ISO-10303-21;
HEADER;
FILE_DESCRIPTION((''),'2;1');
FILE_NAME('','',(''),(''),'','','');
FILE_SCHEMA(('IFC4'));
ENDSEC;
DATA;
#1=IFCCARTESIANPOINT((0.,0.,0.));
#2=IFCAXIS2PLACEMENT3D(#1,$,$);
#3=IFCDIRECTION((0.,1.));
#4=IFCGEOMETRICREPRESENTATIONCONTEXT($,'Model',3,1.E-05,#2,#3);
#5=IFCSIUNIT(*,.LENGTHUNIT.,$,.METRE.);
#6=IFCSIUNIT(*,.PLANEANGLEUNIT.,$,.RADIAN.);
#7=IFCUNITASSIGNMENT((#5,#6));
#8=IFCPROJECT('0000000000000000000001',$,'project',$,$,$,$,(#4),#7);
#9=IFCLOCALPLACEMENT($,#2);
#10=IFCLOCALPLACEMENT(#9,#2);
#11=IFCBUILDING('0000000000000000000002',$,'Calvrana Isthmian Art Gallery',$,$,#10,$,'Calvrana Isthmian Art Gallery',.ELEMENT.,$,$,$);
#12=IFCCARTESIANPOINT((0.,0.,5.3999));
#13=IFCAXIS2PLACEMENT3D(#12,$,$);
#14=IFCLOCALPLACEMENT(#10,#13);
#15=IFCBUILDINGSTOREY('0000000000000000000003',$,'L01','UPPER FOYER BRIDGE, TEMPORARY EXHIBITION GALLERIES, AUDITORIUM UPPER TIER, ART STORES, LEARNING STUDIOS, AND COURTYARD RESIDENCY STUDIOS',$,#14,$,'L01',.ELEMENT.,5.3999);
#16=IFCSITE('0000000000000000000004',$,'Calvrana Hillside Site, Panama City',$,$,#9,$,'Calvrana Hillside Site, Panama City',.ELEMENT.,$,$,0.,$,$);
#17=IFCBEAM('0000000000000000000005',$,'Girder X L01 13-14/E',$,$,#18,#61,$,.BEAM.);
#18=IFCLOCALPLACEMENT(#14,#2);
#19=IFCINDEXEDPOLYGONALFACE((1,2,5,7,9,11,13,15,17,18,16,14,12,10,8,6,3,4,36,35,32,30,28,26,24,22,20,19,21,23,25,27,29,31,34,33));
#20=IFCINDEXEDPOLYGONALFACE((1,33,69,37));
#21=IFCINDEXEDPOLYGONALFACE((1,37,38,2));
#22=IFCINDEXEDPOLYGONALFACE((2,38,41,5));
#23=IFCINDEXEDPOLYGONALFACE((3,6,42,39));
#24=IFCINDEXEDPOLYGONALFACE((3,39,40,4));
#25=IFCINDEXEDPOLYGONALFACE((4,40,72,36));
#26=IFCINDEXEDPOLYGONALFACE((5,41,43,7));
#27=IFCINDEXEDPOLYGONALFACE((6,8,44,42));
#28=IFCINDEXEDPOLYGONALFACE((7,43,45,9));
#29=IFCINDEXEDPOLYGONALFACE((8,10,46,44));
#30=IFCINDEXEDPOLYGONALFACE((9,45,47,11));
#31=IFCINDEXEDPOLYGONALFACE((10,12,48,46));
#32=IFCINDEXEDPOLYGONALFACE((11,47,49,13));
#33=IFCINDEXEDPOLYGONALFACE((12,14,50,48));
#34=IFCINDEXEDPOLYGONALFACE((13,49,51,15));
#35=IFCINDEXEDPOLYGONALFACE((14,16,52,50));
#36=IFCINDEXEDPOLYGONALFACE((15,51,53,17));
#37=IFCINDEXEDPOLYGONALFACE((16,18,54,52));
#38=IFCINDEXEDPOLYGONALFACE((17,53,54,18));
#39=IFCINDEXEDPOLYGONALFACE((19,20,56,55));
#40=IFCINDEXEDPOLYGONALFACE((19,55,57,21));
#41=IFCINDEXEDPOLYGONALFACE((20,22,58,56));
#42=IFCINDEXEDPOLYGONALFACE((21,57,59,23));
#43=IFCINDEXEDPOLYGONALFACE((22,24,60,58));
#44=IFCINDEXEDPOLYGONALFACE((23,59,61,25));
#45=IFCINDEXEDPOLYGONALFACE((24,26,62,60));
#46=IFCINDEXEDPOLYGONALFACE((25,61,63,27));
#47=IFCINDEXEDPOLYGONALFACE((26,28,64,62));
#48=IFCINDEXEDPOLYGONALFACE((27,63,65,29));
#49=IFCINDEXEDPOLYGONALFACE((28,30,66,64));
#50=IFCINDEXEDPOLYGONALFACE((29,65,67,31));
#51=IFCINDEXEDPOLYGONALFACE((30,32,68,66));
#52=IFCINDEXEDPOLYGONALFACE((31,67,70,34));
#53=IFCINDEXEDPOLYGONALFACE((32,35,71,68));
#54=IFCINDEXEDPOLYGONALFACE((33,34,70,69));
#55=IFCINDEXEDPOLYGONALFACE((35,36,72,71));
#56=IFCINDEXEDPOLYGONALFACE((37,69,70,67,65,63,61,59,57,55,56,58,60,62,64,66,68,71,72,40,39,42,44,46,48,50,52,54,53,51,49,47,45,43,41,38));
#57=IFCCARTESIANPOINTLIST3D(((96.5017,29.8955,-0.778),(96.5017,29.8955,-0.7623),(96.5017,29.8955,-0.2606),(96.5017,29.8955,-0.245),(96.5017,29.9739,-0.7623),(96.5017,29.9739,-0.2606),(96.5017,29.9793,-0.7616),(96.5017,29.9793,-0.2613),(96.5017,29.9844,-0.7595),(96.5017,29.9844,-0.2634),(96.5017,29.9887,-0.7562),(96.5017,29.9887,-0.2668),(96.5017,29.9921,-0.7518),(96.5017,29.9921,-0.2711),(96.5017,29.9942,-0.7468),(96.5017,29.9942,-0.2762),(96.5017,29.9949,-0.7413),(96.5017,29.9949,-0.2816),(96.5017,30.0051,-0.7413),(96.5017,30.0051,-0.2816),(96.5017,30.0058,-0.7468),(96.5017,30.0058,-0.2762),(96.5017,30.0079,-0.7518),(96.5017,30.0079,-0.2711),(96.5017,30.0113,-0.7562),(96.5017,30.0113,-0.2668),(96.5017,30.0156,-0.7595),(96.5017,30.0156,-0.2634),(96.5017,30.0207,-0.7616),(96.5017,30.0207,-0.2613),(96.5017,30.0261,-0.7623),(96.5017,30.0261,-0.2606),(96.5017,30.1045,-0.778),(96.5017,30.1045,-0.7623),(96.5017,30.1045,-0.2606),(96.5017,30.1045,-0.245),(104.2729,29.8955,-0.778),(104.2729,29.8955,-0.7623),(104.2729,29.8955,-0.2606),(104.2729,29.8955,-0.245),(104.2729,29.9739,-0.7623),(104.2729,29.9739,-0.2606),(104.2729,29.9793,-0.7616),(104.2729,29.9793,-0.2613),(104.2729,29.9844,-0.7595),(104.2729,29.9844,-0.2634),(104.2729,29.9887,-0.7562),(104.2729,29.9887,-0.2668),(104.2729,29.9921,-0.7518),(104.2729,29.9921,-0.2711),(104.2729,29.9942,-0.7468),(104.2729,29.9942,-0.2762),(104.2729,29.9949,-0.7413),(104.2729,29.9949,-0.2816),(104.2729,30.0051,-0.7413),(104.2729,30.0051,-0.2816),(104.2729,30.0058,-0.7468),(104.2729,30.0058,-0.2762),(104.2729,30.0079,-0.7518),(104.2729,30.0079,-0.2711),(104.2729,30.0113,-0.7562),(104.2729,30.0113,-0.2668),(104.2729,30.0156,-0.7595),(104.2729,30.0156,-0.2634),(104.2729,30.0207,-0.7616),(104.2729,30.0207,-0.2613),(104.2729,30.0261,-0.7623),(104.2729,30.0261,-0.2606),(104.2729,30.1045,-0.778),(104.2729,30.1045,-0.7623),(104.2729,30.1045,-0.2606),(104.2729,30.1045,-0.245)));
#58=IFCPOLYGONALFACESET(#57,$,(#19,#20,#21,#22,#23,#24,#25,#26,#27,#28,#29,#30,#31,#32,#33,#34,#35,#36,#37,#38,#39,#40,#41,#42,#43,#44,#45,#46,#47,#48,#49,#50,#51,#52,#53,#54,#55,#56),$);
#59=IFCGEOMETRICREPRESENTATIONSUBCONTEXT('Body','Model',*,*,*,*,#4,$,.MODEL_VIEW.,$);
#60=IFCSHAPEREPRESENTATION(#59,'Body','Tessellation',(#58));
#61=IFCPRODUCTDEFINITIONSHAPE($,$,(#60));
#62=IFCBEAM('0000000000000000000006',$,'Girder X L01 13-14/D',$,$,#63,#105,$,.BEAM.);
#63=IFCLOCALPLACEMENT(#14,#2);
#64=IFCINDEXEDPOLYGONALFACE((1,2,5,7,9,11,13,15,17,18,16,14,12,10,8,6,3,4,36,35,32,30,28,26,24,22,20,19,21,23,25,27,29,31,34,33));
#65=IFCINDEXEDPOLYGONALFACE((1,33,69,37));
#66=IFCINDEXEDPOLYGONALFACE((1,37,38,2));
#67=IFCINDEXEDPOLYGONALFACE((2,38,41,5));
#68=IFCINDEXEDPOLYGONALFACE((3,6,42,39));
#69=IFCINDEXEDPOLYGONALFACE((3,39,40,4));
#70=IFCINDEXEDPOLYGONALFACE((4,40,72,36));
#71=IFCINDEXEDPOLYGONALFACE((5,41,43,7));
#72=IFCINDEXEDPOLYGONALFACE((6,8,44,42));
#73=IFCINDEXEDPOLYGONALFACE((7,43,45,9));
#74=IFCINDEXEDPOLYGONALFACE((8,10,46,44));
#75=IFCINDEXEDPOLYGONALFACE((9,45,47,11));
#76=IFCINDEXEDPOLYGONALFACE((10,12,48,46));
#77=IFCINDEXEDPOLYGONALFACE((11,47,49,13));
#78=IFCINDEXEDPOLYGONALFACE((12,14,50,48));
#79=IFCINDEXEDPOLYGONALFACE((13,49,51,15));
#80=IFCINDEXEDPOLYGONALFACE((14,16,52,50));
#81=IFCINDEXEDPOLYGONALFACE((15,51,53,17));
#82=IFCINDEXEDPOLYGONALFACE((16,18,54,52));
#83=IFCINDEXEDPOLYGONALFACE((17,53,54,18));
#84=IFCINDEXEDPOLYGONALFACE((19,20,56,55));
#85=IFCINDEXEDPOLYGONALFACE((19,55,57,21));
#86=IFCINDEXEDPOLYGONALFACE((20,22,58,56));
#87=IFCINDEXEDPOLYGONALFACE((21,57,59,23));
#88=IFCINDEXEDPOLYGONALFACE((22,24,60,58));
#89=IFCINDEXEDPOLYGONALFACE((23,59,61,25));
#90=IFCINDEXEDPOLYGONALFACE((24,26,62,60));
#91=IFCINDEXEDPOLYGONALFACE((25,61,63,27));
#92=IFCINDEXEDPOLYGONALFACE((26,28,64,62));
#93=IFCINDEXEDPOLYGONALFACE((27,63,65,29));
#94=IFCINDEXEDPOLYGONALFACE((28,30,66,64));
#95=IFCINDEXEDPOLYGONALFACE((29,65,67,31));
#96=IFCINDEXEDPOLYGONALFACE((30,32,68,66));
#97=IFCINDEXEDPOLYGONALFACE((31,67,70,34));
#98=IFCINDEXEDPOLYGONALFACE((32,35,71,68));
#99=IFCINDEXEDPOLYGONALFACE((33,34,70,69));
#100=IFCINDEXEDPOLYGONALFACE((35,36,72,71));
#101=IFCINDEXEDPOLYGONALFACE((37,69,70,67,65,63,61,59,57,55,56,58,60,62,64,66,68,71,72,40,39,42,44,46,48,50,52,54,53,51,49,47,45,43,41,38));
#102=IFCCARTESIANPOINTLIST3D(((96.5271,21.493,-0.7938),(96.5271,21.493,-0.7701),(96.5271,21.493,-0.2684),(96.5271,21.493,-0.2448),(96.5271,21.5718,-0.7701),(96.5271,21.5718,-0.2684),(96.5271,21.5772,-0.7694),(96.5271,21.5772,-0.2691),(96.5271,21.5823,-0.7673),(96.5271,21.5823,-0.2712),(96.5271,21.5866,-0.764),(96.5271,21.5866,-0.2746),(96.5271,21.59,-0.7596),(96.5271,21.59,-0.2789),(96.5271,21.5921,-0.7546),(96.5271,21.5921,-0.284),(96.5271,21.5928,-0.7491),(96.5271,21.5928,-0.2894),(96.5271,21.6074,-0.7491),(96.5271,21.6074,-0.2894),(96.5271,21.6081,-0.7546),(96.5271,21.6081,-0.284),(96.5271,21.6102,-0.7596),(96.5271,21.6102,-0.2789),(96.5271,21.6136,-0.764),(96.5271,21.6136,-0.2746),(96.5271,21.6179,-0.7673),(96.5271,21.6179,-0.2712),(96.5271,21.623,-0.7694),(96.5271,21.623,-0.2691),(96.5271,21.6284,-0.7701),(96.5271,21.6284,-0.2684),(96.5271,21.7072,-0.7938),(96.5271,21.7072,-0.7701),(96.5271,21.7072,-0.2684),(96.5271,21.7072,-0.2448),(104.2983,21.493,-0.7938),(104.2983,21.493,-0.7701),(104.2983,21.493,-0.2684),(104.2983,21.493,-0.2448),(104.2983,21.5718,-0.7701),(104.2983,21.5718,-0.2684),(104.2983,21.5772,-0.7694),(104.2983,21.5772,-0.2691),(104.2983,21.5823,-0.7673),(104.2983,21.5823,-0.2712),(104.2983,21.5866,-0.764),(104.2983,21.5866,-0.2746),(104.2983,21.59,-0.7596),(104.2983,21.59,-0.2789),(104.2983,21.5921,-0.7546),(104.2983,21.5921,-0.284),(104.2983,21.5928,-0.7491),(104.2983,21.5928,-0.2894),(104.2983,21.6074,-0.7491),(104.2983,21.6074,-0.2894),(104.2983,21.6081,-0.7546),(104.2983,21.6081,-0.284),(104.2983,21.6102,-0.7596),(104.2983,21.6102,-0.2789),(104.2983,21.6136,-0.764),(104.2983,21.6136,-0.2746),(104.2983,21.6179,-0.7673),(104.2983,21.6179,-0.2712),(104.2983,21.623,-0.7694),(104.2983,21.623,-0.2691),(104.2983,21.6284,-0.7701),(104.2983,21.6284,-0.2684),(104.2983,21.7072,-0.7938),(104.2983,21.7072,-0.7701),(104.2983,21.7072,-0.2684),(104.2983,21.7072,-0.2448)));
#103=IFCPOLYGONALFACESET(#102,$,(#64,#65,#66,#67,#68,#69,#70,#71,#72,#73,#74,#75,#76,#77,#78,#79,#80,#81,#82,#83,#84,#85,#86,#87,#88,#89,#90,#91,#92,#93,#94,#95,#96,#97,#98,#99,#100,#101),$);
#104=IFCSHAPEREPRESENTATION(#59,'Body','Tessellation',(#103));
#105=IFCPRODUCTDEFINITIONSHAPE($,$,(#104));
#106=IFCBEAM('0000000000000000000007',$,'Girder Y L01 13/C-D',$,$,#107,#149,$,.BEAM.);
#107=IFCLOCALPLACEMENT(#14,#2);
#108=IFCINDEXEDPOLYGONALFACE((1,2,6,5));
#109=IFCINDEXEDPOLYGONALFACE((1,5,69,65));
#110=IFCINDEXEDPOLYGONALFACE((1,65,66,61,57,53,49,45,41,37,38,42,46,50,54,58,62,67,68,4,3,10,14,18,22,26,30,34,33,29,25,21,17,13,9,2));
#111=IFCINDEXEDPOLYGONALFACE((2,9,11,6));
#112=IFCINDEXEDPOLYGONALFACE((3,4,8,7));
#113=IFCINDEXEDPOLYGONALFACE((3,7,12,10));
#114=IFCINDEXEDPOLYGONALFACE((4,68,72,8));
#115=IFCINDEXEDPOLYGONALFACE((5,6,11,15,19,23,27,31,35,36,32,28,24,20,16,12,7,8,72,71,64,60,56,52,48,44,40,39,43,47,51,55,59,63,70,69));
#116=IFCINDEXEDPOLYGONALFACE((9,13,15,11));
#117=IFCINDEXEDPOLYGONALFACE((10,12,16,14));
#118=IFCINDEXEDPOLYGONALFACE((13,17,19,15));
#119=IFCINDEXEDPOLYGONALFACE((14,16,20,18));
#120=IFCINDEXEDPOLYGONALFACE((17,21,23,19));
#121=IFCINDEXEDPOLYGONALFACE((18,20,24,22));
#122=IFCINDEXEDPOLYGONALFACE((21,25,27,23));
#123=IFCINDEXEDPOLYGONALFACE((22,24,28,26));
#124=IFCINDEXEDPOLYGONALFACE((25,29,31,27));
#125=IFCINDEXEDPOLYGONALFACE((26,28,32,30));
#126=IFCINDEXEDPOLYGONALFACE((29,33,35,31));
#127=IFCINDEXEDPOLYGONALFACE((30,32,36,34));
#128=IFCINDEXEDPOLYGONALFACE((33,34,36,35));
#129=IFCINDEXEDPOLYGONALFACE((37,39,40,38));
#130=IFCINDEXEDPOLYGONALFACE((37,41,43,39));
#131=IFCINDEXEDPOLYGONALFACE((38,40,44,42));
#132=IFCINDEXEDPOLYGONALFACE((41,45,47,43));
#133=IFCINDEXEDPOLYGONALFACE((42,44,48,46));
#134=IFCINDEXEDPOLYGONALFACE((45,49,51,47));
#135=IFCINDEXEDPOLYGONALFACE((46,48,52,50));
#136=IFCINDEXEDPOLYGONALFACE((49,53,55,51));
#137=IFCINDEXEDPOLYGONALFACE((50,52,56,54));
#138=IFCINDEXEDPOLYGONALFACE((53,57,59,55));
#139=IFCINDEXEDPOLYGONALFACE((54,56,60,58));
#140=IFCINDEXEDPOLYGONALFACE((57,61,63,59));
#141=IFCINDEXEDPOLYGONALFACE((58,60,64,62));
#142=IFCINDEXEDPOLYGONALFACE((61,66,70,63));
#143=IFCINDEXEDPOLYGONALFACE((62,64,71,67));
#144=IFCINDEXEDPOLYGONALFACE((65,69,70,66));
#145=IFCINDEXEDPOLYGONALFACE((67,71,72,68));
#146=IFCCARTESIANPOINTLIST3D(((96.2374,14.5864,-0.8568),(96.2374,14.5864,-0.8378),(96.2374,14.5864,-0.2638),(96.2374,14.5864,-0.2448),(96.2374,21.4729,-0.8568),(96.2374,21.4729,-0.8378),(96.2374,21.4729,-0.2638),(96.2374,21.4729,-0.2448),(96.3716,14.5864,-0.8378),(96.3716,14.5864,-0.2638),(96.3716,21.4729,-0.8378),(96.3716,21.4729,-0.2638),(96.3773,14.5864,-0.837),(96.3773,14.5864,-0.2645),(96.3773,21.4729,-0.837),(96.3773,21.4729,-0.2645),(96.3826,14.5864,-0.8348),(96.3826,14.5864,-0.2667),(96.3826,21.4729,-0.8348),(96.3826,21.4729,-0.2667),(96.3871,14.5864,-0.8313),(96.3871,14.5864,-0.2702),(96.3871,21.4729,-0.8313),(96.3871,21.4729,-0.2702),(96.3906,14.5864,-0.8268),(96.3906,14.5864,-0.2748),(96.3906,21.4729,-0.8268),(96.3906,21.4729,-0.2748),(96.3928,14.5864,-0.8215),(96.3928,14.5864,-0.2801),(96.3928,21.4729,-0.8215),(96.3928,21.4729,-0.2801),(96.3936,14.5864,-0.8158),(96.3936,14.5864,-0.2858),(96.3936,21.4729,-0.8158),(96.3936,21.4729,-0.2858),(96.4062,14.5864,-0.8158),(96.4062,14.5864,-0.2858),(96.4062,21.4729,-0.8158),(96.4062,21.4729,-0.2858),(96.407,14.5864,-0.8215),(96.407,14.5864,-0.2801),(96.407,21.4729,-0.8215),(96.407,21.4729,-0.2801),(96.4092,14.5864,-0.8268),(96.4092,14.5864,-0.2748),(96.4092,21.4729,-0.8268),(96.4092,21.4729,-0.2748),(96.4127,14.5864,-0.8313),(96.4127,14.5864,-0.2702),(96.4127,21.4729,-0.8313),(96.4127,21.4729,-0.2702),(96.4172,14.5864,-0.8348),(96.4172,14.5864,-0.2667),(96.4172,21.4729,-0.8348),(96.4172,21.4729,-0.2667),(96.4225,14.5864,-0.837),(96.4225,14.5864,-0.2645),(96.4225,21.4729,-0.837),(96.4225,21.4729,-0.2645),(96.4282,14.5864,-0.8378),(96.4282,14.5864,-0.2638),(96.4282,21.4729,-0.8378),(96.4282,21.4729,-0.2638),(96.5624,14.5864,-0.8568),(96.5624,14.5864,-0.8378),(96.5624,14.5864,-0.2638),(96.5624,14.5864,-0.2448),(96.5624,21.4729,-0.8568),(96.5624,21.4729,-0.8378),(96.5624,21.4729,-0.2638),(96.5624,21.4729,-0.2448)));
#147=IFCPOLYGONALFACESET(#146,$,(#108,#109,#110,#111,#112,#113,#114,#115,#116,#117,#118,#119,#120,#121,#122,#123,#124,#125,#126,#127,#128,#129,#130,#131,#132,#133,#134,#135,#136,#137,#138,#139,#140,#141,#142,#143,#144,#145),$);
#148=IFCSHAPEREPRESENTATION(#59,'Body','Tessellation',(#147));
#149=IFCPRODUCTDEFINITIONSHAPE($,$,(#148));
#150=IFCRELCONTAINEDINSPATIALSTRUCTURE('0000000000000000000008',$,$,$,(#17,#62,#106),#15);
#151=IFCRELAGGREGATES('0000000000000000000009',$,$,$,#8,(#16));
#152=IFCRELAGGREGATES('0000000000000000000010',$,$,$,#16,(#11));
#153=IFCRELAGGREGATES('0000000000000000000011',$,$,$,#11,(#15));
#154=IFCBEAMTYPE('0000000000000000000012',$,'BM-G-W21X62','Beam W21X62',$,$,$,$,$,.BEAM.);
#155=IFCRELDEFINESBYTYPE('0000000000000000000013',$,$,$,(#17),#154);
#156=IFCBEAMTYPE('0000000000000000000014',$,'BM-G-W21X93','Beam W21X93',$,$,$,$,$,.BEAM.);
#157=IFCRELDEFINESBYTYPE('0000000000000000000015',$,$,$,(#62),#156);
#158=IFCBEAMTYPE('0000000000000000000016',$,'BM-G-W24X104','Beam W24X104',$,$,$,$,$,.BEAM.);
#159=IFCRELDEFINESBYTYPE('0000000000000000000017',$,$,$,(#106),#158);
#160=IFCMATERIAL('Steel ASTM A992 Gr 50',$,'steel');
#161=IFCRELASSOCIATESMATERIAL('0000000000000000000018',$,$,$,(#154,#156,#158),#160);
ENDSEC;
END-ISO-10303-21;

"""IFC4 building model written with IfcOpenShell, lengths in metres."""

from ifc_helpers import new_model, si_unit, direction, frame, origin, origin_2d, place, context, subcontext, project, spatial, i_section, extrude, material, material_profile, profile_set, type_object, element, save


model = new_model("IFC4")

# Units and contexts
model_context = context("Model", 3, precision=1e-05, world=origin(), true_north=direction((0.0, 1.0)))
body_context = subcontext(model_context, "Body", "Model", "MODEL_VIEW")
ifc_project = project(units=[si_unit("LENGTHUNIT", "METRE"), si_unit("PLANEANGLEUNIT", "RADIAN")], contexts=[model_context])

# Site, building, storey
site_placement = place(None, origin())
site = spatial("IfcSite", under=ifc_project, at=site_placement, Name="Calvrana Hillside Site, Panama City", LongName="Calvrana Hillside Site, Panama City", CompositionType="ELEMENT", RefElevation=0.0)
building_placement = place(site_placement, origin())
building = spatial("IfcBuilding", under=site, at=building_placement, Name="Calvrana Isthmian Art Gallery", LongName="Calvrana Isthmian Art Gallery", CompositionType="ELEMENT")
storey_placement = place(building_placement, frame((0.0, 0.0, 5.3999)))
storey = spatial("IfcBuildingStorey", under=building, at=storey_placement, Name="L01", Description="UPPER FOYER BRIDGE, TEMPORARY EXHIBITION GALLERIES, AUDITORIUM UPPER TIER, ART STORES, LEARNING STUDIOS, AND COURTYARD RESIDENCY STUDIOS", LongName="L01", CompositionType="ELEMENT", Elevation=5.3999)

# Beams
ifc_material_1 = material(Name="Steel ASTM A992 Gr 50", Category="steel")
ifc_material_profile_1 = material_profile(ifc_material_1, i_section(OverallWidth=0.209, OverallDepth=0.533, WebThickness=0.0103, FlangeThickness=0.0156, FilletRadius=0.021, at=origin_2d()), Name="W21X62")
ifc_profile_set_1 = profile_set([ifc_material_profile_1], Name="Steel ASTM A992 Gr 50")
beam_type_1 = type_object("IfcBeamType", Name="BM-G-W21X62", Description="Beam W21X62", PredefinedType="BEAM", material=ifc_profile_set_1)
beam_1_placement = place(storey_placement, frame((96.5017, 30.0, -0.5115), z_axis=(1.0, 0.0, 0.0), x_axis=(0.0, 1.0, 0.0)))
element("IfcBeam", 1, at=beam_1_placement, inside=storey, type_object=beam_type_1, Name="Girder X L01 13-14/E", PredefinedType="BEAM", context=body_context, shape_type="SweptSolid", body=[
    extrude(i_section(OverallWidth=0.209, OverallDepth=0.533, WebThickness=0.0103, FlangeThickness=0.0156, FilletRadius=0.021, at=origin_2d()), origin(), (0.0, 0.0, 1.0), 7.7712),
])
ifc_material_profile_2 = material_profile(ifc_material_1, i_section(OverallWidth=0.2141, OverallDepth=0.5491, WebThickness=0.0146, FlangeThickness=0.0237, FilletRadius=0.021, at=origin_2d()), Name="W21X93")
ifc_profile_set_2 = profile_set([ifc_material_profile_2], Name="Steel ASTM A992 Gr 50")
beam_type_2 = type_object("IfcBeamType", Name="BM-G-W21X93", Description="Beam W21X93", PredefinedType="BEAM", material=ifc_profile_set_2)
beam_2_placement = place(storey_placement, frame((96.5271, 21.6001, -0.5193), z_axis=(1.0, 0.0, 0.0), x_axis=(0.0, 1.0, 0.0)))
element("IfcBeam", 2, at=beam_2_placement, inside=storey, type_object=beam_type_2, Name="Girder X L01 13-14/D", PredefinedType="BEAM", context=body_context, shape_type="SweptSolid", body=[
    extrude(i_section(OverallWidth=0.2141, OverallDepth=0.5491, WebThickness=0.0146, FlangeThickness=0.0237, FilletRadius=0.021, at=origin_2d()), origin(), (0.0, 0.0, 1.0), 7.7712),
])
ifc_material_profile_3 = material_profile(ifc_material_1, i_section(OverallWidth=0.325, OverallDepth=0.6121, WebThickness=0.0127, FlangeThickness=0.019, FilletRadius=0.022, at=origin_2d()), Name="W24X104")
ifc_profile_set_3 = profile_set([ifc_material_profile_3], Name="Steel ASTM A992 Gr 50")
beam_type_3 = type_object("IfcBeamType", Name="BM-G-W24X104", Description="Beam W24X104", PredefinedType="BEAM", material=ifc_profile_set_3)
beam_3_placement = place(storey_placement, frame((96.3999, 14.5864, -0.5508), z_axis=(0.0, 1.0, 0.0), x_axis=(-1.0, 0.0, 0.0)))
element("IfcBeam", 3, at=beam_3_placement, inside=storey, type_object=beam_type_3, Name="Girder Y L01 13/C-D", PredefinedType="BEAM", context=body_context, shape_type="SweptSolid", body=[
    extrude(i_section(OverallWidth=0.325, OverallDepth=0.6121, WebThickness=0.0127, FlangeThickness=0.019, FilletRadius=0.022, at=origin_2d()), origin(), (0.0, 0.0, 1.0), 6.8865),
])

save(model, "model.ifc")
